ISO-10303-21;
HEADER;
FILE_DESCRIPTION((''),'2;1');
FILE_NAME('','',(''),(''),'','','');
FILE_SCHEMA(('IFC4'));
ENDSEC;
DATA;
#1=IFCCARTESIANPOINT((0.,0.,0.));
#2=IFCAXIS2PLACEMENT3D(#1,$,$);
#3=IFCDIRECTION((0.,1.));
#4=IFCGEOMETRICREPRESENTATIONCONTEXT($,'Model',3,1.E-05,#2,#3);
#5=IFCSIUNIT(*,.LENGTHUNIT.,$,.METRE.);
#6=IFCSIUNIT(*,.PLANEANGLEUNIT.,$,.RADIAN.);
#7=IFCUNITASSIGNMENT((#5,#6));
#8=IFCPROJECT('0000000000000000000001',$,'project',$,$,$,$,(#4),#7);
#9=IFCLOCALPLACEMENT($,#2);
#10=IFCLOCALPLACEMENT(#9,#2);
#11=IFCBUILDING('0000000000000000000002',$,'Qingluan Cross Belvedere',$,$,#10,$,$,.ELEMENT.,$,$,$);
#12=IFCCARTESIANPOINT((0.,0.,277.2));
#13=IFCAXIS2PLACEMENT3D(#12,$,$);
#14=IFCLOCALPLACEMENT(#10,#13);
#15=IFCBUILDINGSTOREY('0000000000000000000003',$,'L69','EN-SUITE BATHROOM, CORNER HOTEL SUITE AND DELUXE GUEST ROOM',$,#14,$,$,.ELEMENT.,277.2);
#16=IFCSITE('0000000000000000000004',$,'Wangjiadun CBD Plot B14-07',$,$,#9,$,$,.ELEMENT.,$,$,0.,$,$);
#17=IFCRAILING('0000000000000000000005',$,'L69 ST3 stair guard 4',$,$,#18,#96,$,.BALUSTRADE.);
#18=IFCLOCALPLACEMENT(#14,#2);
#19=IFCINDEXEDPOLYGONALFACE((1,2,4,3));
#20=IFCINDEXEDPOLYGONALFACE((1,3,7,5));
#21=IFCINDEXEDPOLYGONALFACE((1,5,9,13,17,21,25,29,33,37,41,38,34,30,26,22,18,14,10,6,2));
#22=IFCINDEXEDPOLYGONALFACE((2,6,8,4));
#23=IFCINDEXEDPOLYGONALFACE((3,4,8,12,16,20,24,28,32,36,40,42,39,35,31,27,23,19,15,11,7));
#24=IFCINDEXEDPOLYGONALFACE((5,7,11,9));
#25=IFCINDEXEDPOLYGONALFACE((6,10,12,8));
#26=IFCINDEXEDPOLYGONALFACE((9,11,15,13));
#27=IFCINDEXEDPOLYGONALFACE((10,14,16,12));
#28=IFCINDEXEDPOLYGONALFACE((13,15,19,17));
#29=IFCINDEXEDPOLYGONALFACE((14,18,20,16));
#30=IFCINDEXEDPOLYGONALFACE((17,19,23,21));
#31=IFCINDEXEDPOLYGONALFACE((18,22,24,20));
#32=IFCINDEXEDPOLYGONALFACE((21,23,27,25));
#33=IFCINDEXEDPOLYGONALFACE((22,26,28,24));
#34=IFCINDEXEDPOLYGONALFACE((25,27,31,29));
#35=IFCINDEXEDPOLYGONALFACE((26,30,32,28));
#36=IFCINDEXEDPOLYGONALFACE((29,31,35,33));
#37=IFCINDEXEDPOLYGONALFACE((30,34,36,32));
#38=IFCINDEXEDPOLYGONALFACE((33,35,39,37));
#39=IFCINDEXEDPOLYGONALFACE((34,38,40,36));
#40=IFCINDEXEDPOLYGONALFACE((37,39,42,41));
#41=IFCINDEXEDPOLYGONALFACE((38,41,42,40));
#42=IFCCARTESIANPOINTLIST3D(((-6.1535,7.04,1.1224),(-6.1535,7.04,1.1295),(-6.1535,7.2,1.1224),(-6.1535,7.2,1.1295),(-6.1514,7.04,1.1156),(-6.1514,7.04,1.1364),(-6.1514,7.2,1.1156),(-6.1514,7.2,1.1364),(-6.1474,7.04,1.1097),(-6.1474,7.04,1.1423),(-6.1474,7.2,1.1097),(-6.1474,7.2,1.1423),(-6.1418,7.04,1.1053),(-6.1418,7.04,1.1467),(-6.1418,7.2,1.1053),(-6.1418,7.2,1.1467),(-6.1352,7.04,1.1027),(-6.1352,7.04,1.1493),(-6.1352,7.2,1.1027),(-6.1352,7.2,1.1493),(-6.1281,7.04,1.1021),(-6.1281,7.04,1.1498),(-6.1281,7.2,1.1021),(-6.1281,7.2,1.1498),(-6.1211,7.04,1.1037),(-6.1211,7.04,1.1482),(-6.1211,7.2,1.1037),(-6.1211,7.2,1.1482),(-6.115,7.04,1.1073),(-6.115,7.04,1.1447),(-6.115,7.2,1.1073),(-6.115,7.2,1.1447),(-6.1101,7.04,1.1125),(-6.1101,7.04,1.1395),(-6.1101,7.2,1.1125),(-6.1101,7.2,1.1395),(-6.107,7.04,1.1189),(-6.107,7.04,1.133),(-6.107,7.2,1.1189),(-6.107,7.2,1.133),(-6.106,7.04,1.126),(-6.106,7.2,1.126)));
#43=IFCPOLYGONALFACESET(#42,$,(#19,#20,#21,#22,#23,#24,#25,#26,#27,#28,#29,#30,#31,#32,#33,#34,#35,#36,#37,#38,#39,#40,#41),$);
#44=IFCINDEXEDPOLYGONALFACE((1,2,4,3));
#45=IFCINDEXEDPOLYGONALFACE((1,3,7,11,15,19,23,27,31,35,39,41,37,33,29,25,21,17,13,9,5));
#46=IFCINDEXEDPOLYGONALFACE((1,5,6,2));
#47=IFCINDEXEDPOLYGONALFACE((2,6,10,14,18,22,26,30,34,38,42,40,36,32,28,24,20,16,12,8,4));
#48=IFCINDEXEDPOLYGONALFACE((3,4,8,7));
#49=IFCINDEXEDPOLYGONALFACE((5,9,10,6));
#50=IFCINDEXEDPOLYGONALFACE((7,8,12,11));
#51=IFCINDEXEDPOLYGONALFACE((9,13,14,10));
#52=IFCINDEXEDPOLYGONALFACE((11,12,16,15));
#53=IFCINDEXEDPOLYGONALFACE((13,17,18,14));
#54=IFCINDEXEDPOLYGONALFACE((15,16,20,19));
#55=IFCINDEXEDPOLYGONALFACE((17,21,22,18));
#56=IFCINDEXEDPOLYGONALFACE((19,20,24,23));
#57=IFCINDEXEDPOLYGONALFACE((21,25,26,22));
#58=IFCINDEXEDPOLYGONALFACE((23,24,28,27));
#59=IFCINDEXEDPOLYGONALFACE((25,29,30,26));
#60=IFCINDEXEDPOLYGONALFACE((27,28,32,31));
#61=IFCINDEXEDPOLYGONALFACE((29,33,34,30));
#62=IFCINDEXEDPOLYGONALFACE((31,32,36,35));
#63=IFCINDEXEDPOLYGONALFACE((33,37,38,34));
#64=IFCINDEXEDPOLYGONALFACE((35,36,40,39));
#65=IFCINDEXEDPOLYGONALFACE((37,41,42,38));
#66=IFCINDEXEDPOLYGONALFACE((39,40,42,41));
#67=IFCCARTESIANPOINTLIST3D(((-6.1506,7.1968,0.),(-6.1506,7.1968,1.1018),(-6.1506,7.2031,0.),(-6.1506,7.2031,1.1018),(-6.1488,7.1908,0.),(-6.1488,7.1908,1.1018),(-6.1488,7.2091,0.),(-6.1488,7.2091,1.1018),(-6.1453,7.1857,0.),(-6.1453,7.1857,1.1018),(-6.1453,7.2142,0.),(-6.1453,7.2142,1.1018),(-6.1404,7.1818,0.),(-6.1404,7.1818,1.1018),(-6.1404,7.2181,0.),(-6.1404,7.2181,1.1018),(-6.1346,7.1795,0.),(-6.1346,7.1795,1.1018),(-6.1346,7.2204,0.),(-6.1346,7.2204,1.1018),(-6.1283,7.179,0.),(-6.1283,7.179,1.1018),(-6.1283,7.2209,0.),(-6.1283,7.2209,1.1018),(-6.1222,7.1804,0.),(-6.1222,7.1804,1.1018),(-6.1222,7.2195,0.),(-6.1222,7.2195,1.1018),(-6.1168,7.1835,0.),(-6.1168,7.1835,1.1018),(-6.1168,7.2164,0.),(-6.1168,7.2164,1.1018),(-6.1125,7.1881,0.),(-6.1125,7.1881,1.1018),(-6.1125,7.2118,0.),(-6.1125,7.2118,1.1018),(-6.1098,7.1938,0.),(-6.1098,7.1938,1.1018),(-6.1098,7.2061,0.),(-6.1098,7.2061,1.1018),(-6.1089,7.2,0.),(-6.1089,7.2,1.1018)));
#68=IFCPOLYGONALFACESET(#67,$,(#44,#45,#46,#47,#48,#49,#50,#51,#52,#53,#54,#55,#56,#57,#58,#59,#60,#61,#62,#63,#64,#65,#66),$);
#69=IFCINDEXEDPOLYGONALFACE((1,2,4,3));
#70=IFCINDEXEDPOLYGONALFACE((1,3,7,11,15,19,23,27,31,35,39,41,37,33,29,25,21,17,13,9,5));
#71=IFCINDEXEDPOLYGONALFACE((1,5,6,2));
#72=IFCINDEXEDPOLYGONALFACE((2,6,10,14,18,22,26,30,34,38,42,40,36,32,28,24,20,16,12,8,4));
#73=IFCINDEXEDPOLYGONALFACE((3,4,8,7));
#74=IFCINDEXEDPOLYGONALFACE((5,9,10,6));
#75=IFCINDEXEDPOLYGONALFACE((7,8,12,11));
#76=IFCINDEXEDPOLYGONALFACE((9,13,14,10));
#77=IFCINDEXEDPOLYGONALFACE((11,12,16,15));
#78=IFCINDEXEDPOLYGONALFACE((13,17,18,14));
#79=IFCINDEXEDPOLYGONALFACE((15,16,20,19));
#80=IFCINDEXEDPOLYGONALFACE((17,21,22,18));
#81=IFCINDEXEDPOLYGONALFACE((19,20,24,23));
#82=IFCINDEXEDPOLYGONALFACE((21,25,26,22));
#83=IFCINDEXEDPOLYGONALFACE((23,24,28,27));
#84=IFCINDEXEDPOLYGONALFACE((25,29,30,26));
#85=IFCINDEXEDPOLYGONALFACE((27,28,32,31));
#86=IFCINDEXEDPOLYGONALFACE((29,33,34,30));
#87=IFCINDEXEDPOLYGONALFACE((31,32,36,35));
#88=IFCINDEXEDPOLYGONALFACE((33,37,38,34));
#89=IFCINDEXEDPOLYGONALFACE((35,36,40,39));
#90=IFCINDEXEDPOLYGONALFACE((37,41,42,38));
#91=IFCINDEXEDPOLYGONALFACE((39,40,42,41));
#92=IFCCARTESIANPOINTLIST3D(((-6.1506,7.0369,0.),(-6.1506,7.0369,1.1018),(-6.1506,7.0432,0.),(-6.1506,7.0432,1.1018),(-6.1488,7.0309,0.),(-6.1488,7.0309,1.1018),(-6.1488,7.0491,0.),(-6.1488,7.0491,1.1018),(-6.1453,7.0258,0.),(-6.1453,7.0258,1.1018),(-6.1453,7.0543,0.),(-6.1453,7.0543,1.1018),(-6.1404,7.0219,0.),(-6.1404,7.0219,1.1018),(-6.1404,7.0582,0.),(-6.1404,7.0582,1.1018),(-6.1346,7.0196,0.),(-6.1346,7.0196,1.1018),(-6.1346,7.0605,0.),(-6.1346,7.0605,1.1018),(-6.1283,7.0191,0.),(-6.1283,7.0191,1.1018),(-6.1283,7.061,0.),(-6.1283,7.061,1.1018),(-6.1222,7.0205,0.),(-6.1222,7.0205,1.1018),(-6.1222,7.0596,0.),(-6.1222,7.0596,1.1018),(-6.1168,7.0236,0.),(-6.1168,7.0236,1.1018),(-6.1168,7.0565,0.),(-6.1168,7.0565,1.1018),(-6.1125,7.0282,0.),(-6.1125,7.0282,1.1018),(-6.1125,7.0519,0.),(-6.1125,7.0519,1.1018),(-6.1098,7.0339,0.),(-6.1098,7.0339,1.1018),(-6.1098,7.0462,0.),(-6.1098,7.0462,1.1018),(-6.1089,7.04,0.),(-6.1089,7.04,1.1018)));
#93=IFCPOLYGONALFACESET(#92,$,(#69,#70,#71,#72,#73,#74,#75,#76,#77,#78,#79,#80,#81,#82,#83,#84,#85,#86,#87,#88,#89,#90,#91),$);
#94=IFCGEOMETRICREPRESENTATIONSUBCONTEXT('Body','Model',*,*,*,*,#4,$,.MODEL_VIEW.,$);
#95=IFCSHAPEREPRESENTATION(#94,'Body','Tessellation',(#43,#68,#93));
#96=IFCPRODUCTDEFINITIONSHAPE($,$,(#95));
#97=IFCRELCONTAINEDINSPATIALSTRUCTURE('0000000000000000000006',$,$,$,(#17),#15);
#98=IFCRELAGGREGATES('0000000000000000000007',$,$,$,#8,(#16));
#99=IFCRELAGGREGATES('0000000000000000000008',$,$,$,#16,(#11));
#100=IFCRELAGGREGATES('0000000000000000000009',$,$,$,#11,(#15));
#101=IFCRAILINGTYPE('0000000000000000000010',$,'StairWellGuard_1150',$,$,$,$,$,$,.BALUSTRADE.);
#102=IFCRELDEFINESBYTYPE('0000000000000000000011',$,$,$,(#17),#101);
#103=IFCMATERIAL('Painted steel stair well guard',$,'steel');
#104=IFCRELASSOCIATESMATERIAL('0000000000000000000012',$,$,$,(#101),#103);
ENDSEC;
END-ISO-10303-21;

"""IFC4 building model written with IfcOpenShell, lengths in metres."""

from ifc_helpers import new_model, si_unit, direction, frame, origin, origin_2d, place, context, subcontext, project, spatial, circle, extrude, material, type_object, element, save


model = new_model("IFC4")

# Units and contexts
model_context = context("Model", 3, precision=1e-05, world=origin(), true_north=direction((0.0, 1.0)))
body_context = subcontext(model_context, "Body", "Model", "MODEL_VIEW")
ifc_project = project(units=[si_unit("LENGTHUNIT", "METRE"), si_unit("PLANEANGLEUNIT", "RADIAN")], contexts=[model_context])

# Site, building, storey
site_placement = place(None, origin())
site = spatial("IfcSite", under=ifc_project, at=site_placement, Name="Wangjiadun CBD Plot B14-07", CompositionType="ELEMENT", RefElevation=0.0)
building_placement = place(site_placement, origin())
building = spatial("IfcBuilding", under=site, at=building_placement, Name="Qingluan Cross Belvedere", CompositionType="ELEMENT")
storey_placement = place(building_placement, frame((0.0, 0.0, 277.2)))
storey = spatial("IfcBuildingStorey", under=building, at=storey_placement, Name="L69", Description="EN-SUITE BATHROOM, CORNER HOTEL SUITE AND DELUXE GUEST ROOM", CompositionType="ELEMENT", Elevation=277.2)

# Railing
ifc_material_1 = material(Name="Painted steel stair well guard", Category="steel")
railing_type_1 = type_object("IfcRailingType", Name="StairWellGuard_1150", PredefinedType="BALUSTRADE", material=ifc_material_1)
railing_1_placement = place(storey_placement, frame((-6.1299, 7.2, 0.0)))
element("IfcRailing", 1, at=railing_1_placement, inside=storey, type_object=railing_type_1, Name="L69 ST3 stair guard 4", PredefinedType="BALUSTRADE", context=body_context, shape_type="SweptSolid", body=[
    extrude(circle(Radius=0.0239, at=origin_2d()), frame((0.0, 0.0, 1.126), z_axis=(0.0, -1.0, 0.0), x_axis=(1.0, 0.0, 0.0)), (0.0, 0.0, 1.0), 0.1599),
    extrude(circle(Radius=0.021, at=origin_2d()), origin(), (0.0, 0.0, 1.0), 1.1018),
    extrude(circle(Radius=0.021, at=origin_2d()), frame((0.0, -0.1599, 0.0)), (0.0, 0.0, 1.0), 1.1018),
])

save(model, "model.ifc")
